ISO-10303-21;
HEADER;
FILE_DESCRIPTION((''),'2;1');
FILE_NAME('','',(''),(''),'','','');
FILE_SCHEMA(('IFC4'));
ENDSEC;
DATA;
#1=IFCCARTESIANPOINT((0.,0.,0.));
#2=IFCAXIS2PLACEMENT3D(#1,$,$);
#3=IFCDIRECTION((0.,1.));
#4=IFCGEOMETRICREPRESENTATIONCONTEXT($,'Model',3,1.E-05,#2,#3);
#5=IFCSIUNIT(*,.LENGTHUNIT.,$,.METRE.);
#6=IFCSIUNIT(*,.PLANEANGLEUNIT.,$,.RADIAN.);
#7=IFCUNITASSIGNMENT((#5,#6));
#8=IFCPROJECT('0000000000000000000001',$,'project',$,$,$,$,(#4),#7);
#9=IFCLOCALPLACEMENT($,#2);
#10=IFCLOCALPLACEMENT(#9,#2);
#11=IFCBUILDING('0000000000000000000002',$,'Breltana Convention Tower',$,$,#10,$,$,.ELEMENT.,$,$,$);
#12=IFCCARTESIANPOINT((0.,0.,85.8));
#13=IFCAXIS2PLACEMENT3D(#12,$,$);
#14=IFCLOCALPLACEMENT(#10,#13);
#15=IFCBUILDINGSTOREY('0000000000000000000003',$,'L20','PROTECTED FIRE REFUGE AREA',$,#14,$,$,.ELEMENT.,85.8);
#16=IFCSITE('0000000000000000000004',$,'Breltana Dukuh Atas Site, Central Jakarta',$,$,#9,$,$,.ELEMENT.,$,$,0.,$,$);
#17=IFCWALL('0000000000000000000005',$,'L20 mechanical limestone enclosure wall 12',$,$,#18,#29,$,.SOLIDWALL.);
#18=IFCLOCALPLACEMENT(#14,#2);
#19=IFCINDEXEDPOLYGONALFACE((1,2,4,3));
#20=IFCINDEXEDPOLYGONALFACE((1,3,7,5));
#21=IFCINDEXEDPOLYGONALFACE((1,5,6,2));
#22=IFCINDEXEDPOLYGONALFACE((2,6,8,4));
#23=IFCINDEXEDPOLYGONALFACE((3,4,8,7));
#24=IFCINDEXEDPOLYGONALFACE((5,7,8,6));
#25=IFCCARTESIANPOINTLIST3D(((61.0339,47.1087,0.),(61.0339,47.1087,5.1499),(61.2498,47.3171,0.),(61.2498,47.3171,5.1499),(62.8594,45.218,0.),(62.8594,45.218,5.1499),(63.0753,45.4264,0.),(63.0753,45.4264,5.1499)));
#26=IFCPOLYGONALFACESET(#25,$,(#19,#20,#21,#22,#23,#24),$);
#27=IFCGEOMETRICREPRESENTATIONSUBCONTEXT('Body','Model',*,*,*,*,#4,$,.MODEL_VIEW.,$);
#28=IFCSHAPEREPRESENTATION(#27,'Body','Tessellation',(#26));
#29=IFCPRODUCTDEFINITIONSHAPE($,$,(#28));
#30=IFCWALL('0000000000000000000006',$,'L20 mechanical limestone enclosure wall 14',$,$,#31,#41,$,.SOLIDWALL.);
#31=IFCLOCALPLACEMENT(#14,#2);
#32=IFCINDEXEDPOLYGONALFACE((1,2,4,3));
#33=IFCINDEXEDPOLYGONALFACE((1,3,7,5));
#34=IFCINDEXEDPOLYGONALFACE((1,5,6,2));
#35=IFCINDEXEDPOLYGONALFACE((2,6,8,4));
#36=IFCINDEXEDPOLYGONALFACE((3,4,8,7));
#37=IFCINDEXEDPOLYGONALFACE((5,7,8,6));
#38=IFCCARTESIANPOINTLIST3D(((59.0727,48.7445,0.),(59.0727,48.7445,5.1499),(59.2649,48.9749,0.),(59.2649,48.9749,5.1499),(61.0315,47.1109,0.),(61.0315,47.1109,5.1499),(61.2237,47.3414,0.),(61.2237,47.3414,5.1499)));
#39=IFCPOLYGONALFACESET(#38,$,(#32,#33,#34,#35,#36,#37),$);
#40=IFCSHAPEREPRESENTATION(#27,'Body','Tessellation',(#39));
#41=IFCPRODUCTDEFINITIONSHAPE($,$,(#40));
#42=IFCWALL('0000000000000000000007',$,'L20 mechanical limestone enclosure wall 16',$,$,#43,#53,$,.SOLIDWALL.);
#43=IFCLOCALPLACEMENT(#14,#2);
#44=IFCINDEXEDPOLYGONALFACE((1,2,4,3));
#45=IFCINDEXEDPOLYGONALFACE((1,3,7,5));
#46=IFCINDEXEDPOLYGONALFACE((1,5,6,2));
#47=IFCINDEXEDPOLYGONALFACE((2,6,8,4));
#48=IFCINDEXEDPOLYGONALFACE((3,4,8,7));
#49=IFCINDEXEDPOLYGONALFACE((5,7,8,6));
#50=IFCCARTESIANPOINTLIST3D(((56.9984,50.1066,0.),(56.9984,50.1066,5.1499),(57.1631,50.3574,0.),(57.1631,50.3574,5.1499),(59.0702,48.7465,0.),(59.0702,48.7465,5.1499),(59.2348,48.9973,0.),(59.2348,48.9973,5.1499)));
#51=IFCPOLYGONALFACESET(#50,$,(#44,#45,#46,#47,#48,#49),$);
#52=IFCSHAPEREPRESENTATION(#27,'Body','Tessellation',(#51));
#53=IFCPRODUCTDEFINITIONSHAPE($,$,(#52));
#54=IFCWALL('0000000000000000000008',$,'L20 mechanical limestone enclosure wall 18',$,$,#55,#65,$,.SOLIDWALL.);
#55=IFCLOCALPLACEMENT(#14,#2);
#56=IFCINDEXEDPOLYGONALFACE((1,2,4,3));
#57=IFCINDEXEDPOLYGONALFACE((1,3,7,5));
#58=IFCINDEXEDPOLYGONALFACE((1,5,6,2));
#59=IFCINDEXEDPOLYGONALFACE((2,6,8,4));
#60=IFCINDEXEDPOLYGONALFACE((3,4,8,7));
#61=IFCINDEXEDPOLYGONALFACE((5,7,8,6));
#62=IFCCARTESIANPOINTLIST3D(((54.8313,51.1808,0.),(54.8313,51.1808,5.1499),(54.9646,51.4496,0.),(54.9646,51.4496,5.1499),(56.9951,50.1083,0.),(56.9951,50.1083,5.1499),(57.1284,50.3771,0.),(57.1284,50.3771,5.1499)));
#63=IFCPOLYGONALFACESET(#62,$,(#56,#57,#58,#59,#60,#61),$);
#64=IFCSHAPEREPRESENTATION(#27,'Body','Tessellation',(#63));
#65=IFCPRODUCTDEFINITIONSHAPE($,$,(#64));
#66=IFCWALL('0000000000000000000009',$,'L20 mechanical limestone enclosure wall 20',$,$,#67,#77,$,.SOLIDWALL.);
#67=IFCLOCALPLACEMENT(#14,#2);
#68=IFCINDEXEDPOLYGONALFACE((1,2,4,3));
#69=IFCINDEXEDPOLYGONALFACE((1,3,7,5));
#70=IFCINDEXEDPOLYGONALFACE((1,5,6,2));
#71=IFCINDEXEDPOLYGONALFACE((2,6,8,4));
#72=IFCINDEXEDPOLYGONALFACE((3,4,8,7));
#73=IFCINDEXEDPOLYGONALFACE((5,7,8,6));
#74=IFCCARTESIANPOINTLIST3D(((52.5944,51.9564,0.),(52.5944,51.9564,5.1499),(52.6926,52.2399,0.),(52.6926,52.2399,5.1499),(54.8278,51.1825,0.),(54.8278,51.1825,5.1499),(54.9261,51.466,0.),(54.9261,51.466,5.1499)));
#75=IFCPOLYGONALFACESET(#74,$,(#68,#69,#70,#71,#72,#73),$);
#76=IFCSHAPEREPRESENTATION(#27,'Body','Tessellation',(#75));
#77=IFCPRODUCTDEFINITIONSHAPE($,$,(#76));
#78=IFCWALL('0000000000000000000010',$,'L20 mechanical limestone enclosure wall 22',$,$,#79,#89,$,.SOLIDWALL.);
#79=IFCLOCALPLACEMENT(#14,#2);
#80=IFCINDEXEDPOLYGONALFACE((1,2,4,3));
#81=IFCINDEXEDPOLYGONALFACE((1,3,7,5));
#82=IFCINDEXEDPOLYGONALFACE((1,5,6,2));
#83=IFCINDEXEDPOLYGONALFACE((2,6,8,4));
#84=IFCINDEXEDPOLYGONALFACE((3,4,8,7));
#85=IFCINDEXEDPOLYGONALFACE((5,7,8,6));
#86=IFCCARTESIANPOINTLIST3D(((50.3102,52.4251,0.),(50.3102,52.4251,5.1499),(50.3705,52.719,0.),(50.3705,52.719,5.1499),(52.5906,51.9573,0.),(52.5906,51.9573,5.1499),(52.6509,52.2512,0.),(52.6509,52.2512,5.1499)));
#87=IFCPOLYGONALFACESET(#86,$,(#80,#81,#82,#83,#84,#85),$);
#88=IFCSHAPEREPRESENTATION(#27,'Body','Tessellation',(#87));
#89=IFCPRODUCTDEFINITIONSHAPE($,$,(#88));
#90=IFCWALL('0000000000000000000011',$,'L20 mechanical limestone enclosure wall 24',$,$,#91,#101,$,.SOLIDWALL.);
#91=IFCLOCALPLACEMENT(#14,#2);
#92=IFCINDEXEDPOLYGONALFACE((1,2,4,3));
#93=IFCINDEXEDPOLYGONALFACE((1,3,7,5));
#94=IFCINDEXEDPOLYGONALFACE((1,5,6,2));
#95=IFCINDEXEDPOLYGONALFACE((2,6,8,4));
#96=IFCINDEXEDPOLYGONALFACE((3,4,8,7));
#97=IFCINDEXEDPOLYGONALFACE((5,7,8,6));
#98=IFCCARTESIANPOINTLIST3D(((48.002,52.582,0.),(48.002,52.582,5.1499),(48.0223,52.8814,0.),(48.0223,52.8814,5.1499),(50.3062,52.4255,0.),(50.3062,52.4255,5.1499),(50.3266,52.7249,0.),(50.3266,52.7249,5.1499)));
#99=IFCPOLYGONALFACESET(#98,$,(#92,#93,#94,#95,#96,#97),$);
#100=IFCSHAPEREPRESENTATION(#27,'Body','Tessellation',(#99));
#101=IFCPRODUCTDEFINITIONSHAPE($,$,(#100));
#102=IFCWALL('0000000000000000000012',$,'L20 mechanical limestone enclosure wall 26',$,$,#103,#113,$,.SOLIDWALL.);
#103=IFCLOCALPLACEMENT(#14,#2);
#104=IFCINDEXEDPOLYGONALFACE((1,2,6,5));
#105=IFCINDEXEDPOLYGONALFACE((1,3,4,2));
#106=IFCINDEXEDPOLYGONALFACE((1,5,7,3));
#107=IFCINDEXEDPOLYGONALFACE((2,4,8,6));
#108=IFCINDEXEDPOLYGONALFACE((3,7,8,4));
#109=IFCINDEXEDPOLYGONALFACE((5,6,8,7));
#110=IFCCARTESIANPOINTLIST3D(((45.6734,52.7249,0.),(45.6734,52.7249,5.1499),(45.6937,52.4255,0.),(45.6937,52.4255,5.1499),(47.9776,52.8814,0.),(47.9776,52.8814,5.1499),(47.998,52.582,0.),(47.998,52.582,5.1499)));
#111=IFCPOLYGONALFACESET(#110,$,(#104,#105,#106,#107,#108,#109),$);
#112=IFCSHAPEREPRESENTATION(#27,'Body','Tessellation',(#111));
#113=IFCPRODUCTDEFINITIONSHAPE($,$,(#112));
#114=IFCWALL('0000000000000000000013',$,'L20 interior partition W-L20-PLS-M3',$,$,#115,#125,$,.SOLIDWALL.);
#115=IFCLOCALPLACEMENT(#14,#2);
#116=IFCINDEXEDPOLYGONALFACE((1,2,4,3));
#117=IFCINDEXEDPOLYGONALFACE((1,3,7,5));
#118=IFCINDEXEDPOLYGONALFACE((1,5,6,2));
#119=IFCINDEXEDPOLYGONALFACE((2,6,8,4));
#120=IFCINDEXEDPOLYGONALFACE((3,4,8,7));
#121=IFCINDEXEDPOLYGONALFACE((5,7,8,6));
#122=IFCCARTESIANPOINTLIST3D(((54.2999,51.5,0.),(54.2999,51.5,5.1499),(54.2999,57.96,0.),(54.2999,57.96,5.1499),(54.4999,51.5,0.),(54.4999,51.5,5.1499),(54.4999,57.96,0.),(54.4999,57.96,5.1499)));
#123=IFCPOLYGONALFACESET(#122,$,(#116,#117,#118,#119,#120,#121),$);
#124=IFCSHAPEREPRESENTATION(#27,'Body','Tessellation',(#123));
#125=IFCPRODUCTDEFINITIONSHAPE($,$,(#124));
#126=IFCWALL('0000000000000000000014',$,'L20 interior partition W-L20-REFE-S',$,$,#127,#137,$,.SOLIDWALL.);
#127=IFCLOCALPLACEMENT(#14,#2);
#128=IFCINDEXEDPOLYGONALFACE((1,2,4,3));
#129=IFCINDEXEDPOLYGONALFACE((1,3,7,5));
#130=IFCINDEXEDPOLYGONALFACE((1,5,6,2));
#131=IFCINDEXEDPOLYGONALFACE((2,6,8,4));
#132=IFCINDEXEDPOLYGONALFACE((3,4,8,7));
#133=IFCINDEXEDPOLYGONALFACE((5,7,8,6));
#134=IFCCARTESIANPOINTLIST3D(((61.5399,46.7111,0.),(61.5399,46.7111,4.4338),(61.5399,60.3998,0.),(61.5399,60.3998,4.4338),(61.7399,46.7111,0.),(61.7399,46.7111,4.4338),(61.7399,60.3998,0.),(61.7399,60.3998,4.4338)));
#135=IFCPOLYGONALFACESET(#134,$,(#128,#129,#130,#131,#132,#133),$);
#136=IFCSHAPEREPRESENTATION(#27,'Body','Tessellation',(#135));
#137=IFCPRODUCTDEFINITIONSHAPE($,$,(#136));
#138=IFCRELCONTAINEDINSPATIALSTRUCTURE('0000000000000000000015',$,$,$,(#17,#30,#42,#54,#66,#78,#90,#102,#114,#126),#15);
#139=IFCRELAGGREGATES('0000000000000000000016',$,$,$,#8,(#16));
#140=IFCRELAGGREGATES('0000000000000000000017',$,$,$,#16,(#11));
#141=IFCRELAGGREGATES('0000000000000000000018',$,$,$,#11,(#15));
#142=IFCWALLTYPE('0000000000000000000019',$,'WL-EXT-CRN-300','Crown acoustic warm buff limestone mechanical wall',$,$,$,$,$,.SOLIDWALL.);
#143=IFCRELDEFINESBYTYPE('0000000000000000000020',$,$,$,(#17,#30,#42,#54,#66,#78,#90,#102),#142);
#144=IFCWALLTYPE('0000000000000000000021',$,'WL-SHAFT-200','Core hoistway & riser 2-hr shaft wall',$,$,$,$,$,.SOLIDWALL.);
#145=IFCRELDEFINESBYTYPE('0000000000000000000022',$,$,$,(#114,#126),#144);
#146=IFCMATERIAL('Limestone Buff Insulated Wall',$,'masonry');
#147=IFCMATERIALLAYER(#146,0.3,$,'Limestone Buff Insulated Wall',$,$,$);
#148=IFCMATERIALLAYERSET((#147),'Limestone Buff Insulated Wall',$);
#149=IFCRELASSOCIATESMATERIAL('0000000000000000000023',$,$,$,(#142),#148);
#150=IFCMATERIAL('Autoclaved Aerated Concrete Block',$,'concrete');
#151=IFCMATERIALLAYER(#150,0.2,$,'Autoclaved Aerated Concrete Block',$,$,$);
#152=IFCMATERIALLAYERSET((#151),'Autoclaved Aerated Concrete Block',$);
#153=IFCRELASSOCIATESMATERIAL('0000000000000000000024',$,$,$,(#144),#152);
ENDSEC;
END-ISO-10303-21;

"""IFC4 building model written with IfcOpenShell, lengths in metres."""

from ifc_helpers import new_model, si_unit, direction, frame, frame_2d, origin, place, context, subcontext, project, spatial, rectangle, extrude, source, transform, mapped, material, layer, layer_set, type_object, element, save


model = new_model("IFC4")

# Units and contexts
model_context = context("Model", 3, precision=1e-05, world=origin(), true_north=direction((0.0, 1.0)))
body_context = subcontext(model_context, "Body", "Model", "MODEL_VIEW")
ifc_project = project(units=[si_unit("LENGTHUNIT", "METRE"), si_unit("PLANEANGLEUNIT", "RADIAN")], contexts=[model_context])

# Site, building, storey
site_placement = place(None, origin())
site = spatial("IfcSite", under=ifc_project, at=site_placement, Name="Breltana Dukuh Atas Site, Central Jakarta", CompositionType="ELEMENT", RefElevation=0.0)
building_placement = place(site_placement, origin())
building = spatial("IfcBuilding", under=site, at=building_placement, Name="Breltana Convention Tower", CompositionType="ELEMENT")
storey_placement = place(building_placement, frame((0.0, 0.0, 85.8)))
storey = spatial("IfcBuildingStorey", under=building, at=storey_placement, Name="L20", Description="PROTECTED FIRE REFUGE AREA", CompositionType="ELEMENT", Elevation=85.8)

# Walls
ifc_material_1 = material(Name="Limestone Buff Insulated Wall", Category="masonry")
ifc_layer_1 = layer(ifc_material_1, 0.3, Name="Limestone Buff Insulated Wall")
ifc_layer_set_1 = layer_set([ifc_layer_1], Name="Limestone Buff Insulated Wall")
wall_type_1 = type_object("IfcWallType", Name="WL-EXT-CRN-300", Description="Crown acoustic warm buff limestone mechanical wall", PredefinedType="SOLIDWALL", material=ifc_layer_set_1)
shared_shape_1 = source(origin(), body_context, "Body", "SweptSolid", [
    extrude(rectangle(XDim=2.6282, YDim=0.3, at=frame_2d((1.314, 0.0))), origin(), (0.0, 0.0, 1.0), 5.1499),
])
wall_1_placement = place(storey_placement, frame((62.9673, 45.3223, 0.0), z_axis=(0.0, 0.0, 1.0), x_axis=(-0.694596, 0.7194, 0.0)))
element("IfcWall", 1, at=wall_1_placement, inside=storey, type_object=wall_type_1, Name="L20 mechanical limestone enclosure wall 12", PredefinedType="SOLIDWALL", context=body_context, shape_type="MappedRepresentation", body=[
    mapped(shared_shape_1, transform((0.0, 0.0, 0.0), scale=1.0)),
])
shared_shape_2 = source(origin(), body_context, "Body", "SweptSolid", [
    extrude(rectangle(XDim=2.5505, YDim=0.3, at=frame_2d((1.2754, 0.0))), origin(), (0.0, 0.0, 1.0), 5.1499),
])
wall_2_placement = place(storey_placement, frame((61.1277, 47.2261, 0.0), z_axis=(0.0, 0.0, 1.0), x_axis=(-0.767978, 0.640476, 0.0)))
element("IfcWall", 2, at=wall_2_placement, inside=storey, type_object=wall_type_1, Name="L20 mechanical limestone enclosure wall 14", PredefinedType="SOLIDWALL", context=body_context, shape_type="MappedRepresentation", body=[
    mapped(shared_shape_2, transform((0.0, 0.0, 0.0), scale=1.0)),
])
shared_shape_3 = source(origin(), body_context, "Body", "SweptSolid", [
    extrude(rectangle(XDim=2.4783, YDim=0.3, at=frame_2d((1.2393, 0.0))), origin(), (0.0, 0.0, 1.0), 5.1499),
])
wall_3_placement = place(storey_placement, frame((59.1526, 48.8718, 0.0), z_axis=(0.0, 0.0, 1.0), x_axis=(-0.835955, 0.548798, 0.0)))
element("IfcWall", 3, at=wall_3_placement, inside=storey, type_object=wall_type_1, Name="L20 mechanical limestone enclosure wall 16", PredefinedType="SOLIDWALL", context=body_context, shape_type="MappedRepresentation", body=[
    mapped(shared_shape_3, transform((0.0, 0.0, 0.0), scale=1.0)),
])
shared_shape_4 = source(origin(), body_context, "Body", "SweptSolid", [
    extrude(rectangle(XDim=2.415, YDim=0.3, at=frame_2d((1.2075, 0.0))), origin(), (0.0, 0.0, 1.0), 5.1499),
])
wall_4_placement = place(storey_placement, frame((57.0618, 50.2427, 0.0), z_axis=(0.0, 0.0, 1.0), x_axis=(-0.895979, 0.444097, 0.0)))
element("IfcWall", 4, at=wall_4_placement, inside=storey, type_object=wall_type_1, Name="L20 mechanical limestone enclosure wall 18", PredefinedType="SOLIDWALL", context=body_context, shape_type="MappedRepresentation", body=[
    mapped(shared_shape_4, transform((0.0, 0.0, 0.0), scale=1.0)),
])
shared_shape_5 = source(origin(), body_context, "Body", "SweptSolid", [
    extrude(rectangle(XDim=2.3638, YDim=0.3, at=frame_2d((1.1819, 0.0))), origin(), (0.0, 0.0, 1.0), 5.1499),
])
wall_5_placement = place(storey_placement, frame((54.877, 51.3242, 0.0), z_axis=(0.0, 0.0, 1.0), x_axis=(-0.944878, 0.327423, 0.0)))
element("IfcWall", 5, at=wall_5_placement, inside=storey, type_object=wall_type_1, Name="L20 mechanical limestone enclosure wall 20", PredefinedType="SOLIDWALL", context=body_context, shape_type="MappedRepresentation", body=[
    mapped(shared_shape_5, transform((0.0, 0.0, 0.0), scale=1.0)),
])
shared_shape_6 = source(origin(), body_context, "Body", "SweptSolid", [
    extrude(rectangle(XDim=2.3279, YDim=0.3, at=frame_2d((1.1641, 0.0))), origin(), (0.0, 0.0, 1.0), 5.1499),
])
wall_6_placement = place(storey_placement, frame((52.6208, 52.1042, 0.0), z_axis=(0.0, 0.0, 1.0), x_axis=(-0.979605, 0.200934, 0.0)))
element("IfcWall", 6, at=wall_6_placement, inside=storey, type_object=wall_type_1, Name="L20 mechanical limestone enclosure wall 22", PredefinedType="SOLIDWALL", context=body_context, shape_type="MappedRepresentation", body=[
    mapped(shared_shape_6, transform((0.0, 0.0, 0.0), scale=1.0)),
])
shared_shape_7 = source(origin(), body_context, "Body", "SweptSolid", [
    extrude(rectangle(XDim=2.3096, YDim=0.3, at=frame_2d((1.1548, 0.0))), origin(), (0.0, 0.0, 1.0), 5.1499),
])
for number, where, z_axis, x_axis, name in (
    (7, (50.3164, 52.5752, 0.0), (0.0, 0.0, 1.0), (-0.997702, 0.067761, 0.0), "L20 mechanical limestone enclosure wall 24"),
    (8, (47.9878, 52.7317, 0.0), (0.0, 0.0, 1.0), (-0.997702, -0.067761, 0.0), "L20 mechanical limestone enclosure wall 26"),
):
    element("IfcWall", number, at=place(storey_placement, frame(where, z_axis=z_axis, x_axis=x_axis)), inside=storey, type_object=wall_type_1, Name=name, PredefinedType="SOLIDWALL", context=body_context, shape_type="MappedRepresentation", body=[
        mapped(shared_shape_7, transform((0.0, 0.0, 0.0), scale=1.0)),
    ])
ifc_material_2 = material(Name="Autoclaved Aerated Concrete Block", Category="concrete")
ifc_layer_2 = layer(ifc_material_2, 0.2, Name="Autoclaved Aerated Concrete Block")
ifc_layer_set_2 = layer_set([ifc_layer_2], Name="Autoclaved Aerated Concrete Block")
wall_type_2 = type_object("IfcWallType", Name="WL-SHAFT-200", Description="Core hoistway & riser 2-hr shaft wall", PredefinedType="SOLIDWALL", material=ifc_layer_set_2)
shared_shape_8 = source(origin(), body_context, "Body", "SweptSolid", [
    extrude(rectangle(XDim=6.46, YDim=0.2, at=frame_2d((3.23, 0.0))), origin(), (0.0, 0.0, 1.0), 5.1499),
])
wall_7_placement = place(storey_placement, frame((54.3999, 51.5, 0.0), z_axis=(0.0, 0.0, 1.0), x_axis=(0.0, 1.0, 0.0)))
element("IfcWall", 9, at=wall_7_placement, inside=storey, type_object=wall_type_2, Name="L20 interior partition W-L20-PLS-M3", PredefinedType="SOLIDWALL", context=body_context, shape_type="MappedRepresentation", body=[
    mapped(shared_shape_8, transform((0.0, 0.0, 0.0), scale=1.0)),
])
shared_shape_9 = source(origin(), body_context, "Body", "SweptSolid", [
    extrude(rectangle(XDim=13.6887, YDim=0.2, at=frame_2d((6.8442, 0.0))), origin(), (0.0, 0.0, 1.0), 4.4338),
])
wall_8_placement = place(storey_placement, frame((61.6399, 46.7112, 0.0), z_axis=(0.0, 0.0, 1.0), x_axis=(0.0, 1.0, 0.0)))
element("IfcWall", 10, at=wall_8_placement, inside=storey, type_object=wall_type_2, Name="L20 interior partition W-L20-REFE-S", PredefinedType="SOLIDWALL", context=body_context, shape_type="MappedRepresentation", body=[
    mapped(shared_shape_9, transform((0.0, 0.0, 0.0), scale=1.0)),
])

save(model, "model.ifc")
